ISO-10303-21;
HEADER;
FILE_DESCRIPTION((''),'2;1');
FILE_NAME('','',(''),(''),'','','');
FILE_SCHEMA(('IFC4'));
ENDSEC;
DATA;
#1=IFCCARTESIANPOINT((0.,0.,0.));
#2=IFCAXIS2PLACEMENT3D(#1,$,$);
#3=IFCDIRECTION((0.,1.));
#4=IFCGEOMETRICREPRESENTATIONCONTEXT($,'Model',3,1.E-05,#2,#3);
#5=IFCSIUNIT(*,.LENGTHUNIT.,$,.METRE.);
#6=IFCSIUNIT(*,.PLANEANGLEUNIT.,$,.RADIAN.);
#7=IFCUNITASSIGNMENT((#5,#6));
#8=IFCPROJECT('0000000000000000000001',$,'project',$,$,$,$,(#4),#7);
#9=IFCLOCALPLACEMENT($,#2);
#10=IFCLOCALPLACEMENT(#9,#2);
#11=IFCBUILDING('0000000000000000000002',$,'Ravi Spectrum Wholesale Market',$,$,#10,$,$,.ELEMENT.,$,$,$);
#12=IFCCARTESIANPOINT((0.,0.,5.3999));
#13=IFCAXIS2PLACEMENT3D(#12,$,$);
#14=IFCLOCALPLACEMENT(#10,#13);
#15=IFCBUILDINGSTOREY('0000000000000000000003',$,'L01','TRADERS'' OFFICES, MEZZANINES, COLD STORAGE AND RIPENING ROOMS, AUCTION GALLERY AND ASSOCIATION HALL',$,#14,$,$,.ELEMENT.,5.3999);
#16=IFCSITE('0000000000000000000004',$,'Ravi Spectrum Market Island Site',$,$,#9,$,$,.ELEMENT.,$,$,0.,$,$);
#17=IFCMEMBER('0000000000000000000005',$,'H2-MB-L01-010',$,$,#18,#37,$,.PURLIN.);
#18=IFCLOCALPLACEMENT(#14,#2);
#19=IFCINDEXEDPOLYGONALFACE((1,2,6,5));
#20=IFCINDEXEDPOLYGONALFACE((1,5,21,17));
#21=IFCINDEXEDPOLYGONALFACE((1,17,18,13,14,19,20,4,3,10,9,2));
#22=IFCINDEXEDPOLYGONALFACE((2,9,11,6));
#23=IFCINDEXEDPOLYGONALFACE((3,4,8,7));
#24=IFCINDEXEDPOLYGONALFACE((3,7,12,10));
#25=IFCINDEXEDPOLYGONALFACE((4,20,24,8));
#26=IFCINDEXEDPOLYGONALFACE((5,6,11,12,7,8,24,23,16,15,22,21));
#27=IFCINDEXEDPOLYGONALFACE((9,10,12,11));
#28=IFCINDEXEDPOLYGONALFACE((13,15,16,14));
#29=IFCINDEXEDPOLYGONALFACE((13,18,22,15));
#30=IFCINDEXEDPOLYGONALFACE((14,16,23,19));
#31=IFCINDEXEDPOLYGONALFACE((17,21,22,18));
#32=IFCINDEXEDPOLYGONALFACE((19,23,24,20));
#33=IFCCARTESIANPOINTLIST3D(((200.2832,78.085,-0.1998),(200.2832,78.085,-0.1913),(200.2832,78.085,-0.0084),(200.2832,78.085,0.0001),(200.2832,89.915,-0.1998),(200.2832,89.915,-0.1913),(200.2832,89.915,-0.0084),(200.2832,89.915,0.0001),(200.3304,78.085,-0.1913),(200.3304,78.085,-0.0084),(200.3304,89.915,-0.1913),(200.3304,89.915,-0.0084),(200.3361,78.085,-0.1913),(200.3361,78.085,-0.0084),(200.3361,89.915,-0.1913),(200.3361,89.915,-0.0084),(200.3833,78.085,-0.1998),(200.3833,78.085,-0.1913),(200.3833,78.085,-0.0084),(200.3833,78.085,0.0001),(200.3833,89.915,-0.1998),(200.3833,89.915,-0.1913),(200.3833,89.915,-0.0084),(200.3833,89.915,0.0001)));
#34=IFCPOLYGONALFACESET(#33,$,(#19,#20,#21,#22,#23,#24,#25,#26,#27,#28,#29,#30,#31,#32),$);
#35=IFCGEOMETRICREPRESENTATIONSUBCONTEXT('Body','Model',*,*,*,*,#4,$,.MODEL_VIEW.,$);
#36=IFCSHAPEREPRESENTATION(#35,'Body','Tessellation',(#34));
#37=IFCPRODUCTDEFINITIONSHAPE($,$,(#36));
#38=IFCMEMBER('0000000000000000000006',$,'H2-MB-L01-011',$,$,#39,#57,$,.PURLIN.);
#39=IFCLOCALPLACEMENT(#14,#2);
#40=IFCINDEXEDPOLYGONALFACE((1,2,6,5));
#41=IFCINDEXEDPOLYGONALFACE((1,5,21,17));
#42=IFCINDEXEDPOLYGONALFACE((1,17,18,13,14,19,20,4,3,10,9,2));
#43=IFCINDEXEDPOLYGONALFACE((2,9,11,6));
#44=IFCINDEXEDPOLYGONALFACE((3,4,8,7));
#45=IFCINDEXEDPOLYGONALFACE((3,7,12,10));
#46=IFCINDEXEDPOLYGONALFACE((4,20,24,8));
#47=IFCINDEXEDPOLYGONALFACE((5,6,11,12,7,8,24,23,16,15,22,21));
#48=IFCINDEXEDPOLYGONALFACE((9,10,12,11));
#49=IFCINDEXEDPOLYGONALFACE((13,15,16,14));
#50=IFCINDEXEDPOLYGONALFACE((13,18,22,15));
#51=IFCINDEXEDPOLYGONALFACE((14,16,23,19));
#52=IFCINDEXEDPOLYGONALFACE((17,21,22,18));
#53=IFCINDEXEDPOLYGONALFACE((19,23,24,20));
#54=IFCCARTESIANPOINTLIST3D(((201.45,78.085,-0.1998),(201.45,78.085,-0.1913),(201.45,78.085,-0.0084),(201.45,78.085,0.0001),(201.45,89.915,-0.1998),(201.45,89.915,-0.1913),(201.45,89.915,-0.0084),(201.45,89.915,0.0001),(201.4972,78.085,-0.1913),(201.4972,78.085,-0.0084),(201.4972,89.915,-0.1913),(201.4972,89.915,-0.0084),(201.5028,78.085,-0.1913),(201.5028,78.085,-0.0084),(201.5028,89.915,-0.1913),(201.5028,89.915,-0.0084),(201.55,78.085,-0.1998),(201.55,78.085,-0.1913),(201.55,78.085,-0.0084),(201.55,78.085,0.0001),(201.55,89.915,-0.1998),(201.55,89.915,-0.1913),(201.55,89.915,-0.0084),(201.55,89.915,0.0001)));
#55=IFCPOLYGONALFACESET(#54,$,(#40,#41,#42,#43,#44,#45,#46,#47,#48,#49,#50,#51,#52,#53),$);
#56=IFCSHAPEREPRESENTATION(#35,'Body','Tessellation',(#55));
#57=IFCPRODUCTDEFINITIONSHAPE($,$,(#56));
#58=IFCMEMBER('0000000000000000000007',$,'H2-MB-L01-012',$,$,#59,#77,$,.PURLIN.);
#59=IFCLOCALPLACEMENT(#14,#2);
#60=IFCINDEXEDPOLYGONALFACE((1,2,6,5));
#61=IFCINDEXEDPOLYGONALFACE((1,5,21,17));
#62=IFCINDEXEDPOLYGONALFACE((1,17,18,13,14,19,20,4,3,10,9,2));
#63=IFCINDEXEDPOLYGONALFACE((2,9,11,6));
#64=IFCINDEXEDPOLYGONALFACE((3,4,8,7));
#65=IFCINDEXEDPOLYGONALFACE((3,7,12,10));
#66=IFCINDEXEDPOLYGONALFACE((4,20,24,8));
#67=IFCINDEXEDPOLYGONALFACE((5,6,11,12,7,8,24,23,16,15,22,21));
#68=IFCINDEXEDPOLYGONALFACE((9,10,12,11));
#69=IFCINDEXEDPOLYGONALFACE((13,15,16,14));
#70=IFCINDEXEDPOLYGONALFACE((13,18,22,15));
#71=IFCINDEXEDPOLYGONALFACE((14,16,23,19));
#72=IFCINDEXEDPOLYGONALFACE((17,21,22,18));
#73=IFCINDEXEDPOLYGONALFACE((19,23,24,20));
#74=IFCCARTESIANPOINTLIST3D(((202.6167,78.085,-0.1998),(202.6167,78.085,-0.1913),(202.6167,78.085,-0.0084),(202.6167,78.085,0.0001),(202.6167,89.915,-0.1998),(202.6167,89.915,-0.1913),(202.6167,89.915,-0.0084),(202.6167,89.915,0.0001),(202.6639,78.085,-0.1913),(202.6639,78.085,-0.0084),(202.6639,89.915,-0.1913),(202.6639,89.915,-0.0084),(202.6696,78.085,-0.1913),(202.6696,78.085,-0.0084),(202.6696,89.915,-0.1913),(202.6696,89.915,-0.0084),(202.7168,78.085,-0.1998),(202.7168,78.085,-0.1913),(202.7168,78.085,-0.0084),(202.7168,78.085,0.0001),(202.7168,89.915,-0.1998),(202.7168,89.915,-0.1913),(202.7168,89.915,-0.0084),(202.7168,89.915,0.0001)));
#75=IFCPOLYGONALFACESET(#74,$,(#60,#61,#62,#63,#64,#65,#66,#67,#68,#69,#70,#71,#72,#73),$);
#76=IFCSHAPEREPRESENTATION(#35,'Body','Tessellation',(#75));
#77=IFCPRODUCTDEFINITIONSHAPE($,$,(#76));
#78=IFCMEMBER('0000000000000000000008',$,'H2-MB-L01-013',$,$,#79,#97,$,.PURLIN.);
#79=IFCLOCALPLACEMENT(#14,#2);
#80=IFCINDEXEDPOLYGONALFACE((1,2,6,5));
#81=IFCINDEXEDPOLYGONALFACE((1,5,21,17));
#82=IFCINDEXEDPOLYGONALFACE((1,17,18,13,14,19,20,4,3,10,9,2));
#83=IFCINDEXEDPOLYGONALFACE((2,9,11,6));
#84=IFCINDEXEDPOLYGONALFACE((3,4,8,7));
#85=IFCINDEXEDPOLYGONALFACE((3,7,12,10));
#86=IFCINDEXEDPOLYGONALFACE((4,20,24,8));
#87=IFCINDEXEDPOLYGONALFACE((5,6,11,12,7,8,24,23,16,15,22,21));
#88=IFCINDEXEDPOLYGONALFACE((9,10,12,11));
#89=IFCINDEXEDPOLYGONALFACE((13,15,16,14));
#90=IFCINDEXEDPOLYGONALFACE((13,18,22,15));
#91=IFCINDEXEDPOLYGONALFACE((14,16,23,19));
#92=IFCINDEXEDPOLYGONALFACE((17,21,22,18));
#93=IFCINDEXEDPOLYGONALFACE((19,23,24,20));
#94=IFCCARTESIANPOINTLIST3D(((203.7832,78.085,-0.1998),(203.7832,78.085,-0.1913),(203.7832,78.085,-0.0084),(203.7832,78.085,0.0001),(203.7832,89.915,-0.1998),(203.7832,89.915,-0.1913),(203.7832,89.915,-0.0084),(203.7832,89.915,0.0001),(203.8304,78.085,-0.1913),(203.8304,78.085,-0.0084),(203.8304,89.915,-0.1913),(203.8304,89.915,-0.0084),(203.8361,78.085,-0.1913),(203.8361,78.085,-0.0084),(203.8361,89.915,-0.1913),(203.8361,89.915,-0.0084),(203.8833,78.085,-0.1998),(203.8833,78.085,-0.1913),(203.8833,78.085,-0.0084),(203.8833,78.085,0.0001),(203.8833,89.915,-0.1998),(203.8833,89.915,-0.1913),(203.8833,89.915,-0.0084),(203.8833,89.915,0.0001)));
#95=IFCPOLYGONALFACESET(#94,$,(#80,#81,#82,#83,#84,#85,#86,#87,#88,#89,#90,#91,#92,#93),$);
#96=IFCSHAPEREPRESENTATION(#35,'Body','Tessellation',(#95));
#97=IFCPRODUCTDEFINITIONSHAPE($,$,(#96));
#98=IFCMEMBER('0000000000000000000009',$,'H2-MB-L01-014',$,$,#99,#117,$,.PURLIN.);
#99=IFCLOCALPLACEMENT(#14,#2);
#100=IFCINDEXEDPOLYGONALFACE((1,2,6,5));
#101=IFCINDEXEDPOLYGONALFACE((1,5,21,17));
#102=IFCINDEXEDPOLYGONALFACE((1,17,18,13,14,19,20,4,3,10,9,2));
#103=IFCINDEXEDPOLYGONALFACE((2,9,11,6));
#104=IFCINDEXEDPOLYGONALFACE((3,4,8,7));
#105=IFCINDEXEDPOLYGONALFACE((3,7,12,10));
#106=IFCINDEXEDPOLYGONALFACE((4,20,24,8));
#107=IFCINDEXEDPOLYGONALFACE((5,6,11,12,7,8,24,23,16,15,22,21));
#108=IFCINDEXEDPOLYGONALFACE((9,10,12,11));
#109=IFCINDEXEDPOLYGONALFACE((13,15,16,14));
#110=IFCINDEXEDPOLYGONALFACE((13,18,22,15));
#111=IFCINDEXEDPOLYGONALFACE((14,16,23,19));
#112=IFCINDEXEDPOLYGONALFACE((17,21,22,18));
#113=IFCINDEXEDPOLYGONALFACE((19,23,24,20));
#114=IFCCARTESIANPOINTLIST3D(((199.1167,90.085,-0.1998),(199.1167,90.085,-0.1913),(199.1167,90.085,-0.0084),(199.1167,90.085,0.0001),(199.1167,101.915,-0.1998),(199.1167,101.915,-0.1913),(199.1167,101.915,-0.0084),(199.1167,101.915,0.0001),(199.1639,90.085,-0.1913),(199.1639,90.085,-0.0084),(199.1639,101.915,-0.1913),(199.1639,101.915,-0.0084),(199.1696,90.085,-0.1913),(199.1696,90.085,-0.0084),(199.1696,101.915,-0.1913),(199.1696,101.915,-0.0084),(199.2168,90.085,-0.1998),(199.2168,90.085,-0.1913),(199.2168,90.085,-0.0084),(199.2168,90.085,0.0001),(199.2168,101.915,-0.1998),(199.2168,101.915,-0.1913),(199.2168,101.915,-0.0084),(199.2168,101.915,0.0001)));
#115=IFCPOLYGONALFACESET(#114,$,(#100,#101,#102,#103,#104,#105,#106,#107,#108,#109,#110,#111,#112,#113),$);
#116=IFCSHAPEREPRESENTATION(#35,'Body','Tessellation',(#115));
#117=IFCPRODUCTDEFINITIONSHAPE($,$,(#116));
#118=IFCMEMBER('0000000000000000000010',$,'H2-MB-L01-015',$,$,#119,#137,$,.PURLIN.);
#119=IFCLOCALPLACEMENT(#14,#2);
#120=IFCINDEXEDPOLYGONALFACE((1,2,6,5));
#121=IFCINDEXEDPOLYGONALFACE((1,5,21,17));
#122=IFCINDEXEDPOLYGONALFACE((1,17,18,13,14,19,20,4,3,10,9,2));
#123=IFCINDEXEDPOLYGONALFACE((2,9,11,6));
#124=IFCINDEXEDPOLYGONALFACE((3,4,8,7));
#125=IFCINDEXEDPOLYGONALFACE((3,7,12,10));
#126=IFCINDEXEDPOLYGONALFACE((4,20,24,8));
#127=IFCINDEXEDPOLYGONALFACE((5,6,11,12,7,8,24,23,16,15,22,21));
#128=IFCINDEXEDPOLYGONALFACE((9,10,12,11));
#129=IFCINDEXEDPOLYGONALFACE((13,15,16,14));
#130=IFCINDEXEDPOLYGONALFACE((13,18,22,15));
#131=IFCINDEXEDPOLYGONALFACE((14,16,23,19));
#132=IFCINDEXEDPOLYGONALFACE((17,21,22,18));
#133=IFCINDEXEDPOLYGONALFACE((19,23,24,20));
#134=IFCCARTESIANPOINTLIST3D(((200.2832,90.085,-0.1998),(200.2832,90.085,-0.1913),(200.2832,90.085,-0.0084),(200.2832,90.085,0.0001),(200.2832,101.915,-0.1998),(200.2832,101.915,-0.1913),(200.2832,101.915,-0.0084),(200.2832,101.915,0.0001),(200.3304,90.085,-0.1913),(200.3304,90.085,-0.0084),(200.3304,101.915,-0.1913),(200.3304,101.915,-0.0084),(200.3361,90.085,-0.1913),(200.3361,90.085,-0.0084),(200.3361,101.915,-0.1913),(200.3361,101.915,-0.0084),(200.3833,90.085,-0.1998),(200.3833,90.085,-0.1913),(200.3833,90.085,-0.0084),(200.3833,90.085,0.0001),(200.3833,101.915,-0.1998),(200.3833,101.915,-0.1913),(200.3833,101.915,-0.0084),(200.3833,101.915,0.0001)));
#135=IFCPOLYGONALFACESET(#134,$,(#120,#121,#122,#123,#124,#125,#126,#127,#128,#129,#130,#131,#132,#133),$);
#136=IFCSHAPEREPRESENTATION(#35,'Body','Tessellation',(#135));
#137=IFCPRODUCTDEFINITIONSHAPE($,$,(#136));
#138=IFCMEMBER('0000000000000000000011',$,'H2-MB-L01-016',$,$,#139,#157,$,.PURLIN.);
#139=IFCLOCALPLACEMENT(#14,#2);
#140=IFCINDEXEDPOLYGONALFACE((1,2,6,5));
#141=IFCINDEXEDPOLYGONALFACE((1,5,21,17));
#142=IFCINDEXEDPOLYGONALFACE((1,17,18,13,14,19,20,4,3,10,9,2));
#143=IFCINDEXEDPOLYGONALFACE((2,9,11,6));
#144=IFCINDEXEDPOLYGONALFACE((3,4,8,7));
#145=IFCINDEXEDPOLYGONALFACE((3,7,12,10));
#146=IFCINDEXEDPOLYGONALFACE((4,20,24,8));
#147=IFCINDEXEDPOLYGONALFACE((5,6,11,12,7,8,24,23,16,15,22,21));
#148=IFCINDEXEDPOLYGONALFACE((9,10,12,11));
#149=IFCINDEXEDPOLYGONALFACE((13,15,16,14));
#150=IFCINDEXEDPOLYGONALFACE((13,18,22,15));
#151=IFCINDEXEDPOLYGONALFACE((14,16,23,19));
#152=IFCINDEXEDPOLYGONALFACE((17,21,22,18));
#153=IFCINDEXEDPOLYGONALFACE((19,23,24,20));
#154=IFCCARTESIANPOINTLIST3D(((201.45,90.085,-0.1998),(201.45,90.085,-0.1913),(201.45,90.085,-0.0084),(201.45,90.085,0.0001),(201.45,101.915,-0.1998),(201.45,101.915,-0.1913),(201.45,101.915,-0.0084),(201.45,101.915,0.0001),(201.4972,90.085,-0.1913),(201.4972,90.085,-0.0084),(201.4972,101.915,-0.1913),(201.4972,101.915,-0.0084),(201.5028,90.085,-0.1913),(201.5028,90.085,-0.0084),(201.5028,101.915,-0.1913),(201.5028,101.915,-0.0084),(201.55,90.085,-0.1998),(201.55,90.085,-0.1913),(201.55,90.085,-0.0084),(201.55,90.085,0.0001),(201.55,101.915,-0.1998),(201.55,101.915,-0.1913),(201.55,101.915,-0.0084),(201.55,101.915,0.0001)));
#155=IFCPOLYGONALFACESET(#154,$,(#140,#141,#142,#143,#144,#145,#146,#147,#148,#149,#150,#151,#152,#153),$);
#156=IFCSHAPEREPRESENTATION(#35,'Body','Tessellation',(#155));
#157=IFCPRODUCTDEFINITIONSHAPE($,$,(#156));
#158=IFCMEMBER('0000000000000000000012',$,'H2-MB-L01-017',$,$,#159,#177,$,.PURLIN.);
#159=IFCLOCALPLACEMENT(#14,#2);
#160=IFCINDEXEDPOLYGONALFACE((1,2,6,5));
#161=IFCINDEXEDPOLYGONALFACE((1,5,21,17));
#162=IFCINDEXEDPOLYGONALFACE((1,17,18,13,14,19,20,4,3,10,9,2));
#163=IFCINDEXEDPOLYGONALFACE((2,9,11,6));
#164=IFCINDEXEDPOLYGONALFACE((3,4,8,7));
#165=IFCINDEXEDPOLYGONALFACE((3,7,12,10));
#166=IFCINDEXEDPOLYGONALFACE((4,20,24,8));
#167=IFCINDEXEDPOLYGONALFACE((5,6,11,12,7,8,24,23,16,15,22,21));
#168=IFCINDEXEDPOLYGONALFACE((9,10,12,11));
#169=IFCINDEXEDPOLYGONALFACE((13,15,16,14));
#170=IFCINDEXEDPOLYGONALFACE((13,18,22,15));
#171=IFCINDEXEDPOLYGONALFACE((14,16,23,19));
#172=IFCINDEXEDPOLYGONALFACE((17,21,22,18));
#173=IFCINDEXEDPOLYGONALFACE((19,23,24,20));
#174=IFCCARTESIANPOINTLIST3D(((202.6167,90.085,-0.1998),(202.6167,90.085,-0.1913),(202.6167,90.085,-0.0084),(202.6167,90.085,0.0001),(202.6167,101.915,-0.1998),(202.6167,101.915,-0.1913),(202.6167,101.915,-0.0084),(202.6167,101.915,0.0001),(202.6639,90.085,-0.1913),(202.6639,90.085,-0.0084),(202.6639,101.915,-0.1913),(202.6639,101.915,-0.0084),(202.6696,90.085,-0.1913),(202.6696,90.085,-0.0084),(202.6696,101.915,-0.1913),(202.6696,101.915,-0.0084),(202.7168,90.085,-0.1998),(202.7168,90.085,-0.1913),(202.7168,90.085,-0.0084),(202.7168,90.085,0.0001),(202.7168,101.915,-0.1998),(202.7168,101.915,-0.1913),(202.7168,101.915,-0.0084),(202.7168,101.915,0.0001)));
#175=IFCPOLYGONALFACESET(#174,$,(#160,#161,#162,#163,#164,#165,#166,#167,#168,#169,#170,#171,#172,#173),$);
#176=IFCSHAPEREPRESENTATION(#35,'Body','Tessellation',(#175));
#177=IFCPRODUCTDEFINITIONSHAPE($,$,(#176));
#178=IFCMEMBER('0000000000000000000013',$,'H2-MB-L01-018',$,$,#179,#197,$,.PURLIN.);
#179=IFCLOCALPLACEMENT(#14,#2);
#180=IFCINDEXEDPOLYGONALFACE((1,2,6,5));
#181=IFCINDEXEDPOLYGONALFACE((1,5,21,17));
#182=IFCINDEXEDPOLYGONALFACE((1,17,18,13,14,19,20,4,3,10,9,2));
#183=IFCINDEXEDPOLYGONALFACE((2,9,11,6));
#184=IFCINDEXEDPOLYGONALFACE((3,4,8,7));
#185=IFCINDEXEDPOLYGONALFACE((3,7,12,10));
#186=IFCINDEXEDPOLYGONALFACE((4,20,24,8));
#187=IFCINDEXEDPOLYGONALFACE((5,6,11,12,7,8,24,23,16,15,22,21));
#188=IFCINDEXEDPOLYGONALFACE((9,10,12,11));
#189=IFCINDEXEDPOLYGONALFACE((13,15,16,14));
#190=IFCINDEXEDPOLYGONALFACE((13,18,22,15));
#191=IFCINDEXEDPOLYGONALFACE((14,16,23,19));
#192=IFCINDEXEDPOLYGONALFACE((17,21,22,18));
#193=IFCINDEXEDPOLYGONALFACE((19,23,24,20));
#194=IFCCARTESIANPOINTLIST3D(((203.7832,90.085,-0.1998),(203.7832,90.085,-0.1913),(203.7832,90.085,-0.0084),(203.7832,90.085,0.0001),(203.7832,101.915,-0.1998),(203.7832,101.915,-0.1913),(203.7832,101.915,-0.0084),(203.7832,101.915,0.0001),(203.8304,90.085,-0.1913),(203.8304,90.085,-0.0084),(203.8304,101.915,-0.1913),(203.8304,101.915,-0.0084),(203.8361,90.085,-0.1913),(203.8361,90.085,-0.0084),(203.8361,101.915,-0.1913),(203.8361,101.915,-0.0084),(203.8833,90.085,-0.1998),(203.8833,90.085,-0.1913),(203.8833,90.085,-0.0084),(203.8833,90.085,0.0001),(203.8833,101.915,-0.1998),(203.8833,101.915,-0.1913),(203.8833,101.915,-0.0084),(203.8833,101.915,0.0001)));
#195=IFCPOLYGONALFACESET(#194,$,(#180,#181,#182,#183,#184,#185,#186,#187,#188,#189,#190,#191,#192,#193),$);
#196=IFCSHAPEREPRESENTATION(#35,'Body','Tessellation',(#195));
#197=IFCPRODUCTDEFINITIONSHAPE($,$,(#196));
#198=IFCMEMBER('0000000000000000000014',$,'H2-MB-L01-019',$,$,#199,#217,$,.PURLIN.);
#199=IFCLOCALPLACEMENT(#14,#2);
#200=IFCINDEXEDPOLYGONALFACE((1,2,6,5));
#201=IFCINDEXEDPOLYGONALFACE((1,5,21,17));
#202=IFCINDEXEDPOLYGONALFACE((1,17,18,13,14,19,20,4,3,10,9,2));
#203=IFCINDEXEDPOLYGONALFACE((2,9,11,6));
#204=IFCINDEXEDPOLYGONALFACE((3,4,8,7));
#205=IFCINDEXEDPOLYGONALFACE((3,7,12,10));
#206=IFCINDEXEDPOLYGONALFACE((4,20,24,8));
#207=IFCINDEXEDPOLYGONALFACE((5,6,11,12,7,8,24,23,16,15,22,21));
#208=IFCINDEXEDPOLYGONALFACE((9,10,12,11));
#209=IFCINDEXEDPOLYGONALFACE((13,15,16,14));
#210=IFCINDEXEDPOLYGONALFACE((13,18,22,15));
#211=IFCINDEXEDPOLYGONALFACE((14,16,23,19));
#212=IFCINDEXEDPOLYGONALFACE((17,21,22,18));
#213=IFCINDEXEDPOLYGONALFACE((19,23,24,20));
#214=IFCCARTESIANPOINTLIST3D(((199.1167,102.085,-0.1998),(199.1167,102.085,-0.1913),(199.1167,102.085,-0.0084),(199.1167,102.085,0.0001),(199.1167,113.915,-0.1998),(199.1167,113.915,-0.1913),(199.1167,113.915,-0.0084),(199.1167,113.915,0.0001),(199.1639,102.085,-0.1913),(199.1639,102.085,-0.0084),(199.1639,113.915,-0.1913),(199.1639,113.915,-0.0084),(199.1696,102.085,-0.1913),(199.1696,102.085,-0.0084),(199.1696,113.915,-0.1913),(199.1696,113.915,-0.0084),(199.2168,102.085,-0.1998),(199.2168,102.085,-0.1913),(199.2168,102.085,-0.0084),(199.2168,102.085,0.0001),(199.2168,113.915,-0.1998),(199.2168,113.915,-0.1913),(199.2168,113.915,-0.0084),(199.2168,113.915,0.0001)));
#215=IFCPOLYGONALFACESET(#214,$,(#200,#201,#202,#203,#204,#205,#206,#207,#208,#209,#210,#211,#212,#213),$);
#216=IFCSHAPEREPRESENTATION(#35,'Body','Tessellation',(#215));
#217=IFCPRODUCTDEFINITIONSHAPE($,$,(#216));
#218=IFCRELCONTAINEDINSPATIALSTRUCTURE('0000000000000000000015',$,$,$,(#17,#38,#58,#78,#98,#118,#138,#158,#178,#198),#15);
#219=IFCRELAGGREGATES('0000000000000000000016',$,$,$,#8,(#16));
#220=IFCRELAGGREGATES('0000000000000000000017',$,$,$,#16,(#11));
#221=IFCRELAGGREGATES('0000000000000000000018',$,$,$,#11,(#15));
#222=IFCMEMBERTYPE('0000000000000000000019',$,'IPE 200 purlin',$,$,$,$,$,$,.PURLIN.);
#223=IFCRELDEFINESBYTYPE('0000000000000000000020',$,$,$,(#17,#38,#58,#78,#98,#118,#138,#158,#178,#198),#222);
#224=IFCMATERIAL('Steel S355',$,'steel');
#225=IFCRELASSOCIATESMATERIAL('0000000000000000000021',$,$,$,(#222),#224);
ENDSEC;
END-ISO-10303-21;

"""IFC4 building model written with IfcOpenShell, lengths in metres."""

from ifc_helpers import new_model, si_unit, direction, frame, origin, origin_2d, place, context, subcontext, project, spatial, i_section, extrude, material, material_profile, profile_set, type_object, element, save


model = new_model("IFC4")

# Units and contexts
model_context = context("Model", 3, precision=1e-05, world=origin(), true_north=direction((0.0, 1.0)))
body_context = subcontext(model_context, "Body", "Model", "MODEL_VIEW")
ifc_project = project(units=[si_unit("LENGTHUNIT", "METRE"), si_unit("PLANEANGLEUNIT", "RADIAN")], contexts=[model_context])

# Site, building, storey
site_placement = place(None, origin())
site = spatial("IfcSite", under=ifc_project, at=site_placement, Name="Ravi Spectrum Market Island Site", CompositionType="ELEMENT", RefElevation=0.0)
building_placement = place(site_placement, origin())
building = spatial("IfcBuilding", under=site, at=building_placement, Name="Ravi Spectrum Wholesale Market", CompositionType="ELEMENT")
storey_placement = place(building_placement, frame((0.0, 0.0, 5.3999)))
storey = spatial("IfcBuildingStorey", under=building, at=storey_placement, Name="L01", Description="TRADERS' OFFICES, MEZZANINES, COLD STORAGE AND RIPENING ROOMS, AUCTION GALLERY AND ASSOCIATION HALL", CompositionType="ELEMENT", Elevation=5.3999)

# Members
ifc_material_1 = material(Name="Steel S355", Category="steel")
ifc_material_profile_1 = material_profile(ifc_material_1, i_section(OverallWidth=0.1001, OverallDepth=0.2, WebThickness=0.0056, FlangeThickness=0.0085, at=origin_2d()))
ifc_profile_set_1 = profile_set([ifc_material_profile_1], Name="Steel S355")
member_type = type_object("IfcMemberType", Name="IPE 200 purlin", PredefinedType="PURLIN", material=ifc_profile_set_1)
for number, where, z_axis, x_axis, name in (
    (1, (200.3333, 78.085, -0.0999), (0.0, 1.0, 0.0), (-1.0, 0.0, 0.0), "H2-MB-L01-010"),
    (2, (201.5, 78.085, -0.0999), (0.0, 1.0, 0.0), (-1.0, 0.0, 0.0), "H2-MB-L01-011"),
    (3, (202.6667, 78.085, -0.0999), (0.0, 1.0, 0.0), (-1.0, 0.0, 0.0), "H2-MB-L01-012"),
    (4, (203.8333, 78.085, -0.0999), (0.0, 1.0, 0.0), (-1.0, 0.0, 0.0), "H2-MB-L01-013"),
    (5, (199.1667, 90.085, -0.0999), (0.0, 1.0, 0.0), (-1.0, 0.0, 0.0), "H2-MB-L01-014"),
    (6, (200.3333, 90.085, -0.0999), (0.0, 1.0, 0.0), (-1.0, 0.0, 0.0), "H2-MB-L01-015"),
    (7, (201.5, 90.085, -0.0999), (0.0, 1.0, 0.0), (-1.0, 0.0, 0.0), "H2-MB-L01-016"),
    (8, (202.6667, 90.085, -0.0999), (0.0, 1.0, 0.0), (-1.0, 0.0, 0.0), "H2-MB-L01-017"),
    (9, (203.8333, 90.085, -0.0999), (0.0, 1.0, 0.0), (-1.0, 0.0, 0.0), "H2-MB-L01-018"),
    (10, (199.1667, 102.085, -0.0999), (0.0, 1.0, 0.0), (-1.0, 0.0, 0.0), "H2-MB-L01-019"),
):
    element("IfcMember", number, at=place(storey_placement, frame(where, z_axis=z_axis, x_axis=x_axis)), inside=storey, type_object=member_type, Name=name, PredefinedType="PURLIN", context=body_context, shape_type="SweptSolid", body=[
        extrude(i_section(OverallWidth=0.1001, OverallDepth=0.2, WebThickness=0.0056, FlangeThickness=0.0085, at=origin_2d()), origin(), (0.0, 0.0, 1.0), 11.8301),
    ])

save(model, "model.ifc")
